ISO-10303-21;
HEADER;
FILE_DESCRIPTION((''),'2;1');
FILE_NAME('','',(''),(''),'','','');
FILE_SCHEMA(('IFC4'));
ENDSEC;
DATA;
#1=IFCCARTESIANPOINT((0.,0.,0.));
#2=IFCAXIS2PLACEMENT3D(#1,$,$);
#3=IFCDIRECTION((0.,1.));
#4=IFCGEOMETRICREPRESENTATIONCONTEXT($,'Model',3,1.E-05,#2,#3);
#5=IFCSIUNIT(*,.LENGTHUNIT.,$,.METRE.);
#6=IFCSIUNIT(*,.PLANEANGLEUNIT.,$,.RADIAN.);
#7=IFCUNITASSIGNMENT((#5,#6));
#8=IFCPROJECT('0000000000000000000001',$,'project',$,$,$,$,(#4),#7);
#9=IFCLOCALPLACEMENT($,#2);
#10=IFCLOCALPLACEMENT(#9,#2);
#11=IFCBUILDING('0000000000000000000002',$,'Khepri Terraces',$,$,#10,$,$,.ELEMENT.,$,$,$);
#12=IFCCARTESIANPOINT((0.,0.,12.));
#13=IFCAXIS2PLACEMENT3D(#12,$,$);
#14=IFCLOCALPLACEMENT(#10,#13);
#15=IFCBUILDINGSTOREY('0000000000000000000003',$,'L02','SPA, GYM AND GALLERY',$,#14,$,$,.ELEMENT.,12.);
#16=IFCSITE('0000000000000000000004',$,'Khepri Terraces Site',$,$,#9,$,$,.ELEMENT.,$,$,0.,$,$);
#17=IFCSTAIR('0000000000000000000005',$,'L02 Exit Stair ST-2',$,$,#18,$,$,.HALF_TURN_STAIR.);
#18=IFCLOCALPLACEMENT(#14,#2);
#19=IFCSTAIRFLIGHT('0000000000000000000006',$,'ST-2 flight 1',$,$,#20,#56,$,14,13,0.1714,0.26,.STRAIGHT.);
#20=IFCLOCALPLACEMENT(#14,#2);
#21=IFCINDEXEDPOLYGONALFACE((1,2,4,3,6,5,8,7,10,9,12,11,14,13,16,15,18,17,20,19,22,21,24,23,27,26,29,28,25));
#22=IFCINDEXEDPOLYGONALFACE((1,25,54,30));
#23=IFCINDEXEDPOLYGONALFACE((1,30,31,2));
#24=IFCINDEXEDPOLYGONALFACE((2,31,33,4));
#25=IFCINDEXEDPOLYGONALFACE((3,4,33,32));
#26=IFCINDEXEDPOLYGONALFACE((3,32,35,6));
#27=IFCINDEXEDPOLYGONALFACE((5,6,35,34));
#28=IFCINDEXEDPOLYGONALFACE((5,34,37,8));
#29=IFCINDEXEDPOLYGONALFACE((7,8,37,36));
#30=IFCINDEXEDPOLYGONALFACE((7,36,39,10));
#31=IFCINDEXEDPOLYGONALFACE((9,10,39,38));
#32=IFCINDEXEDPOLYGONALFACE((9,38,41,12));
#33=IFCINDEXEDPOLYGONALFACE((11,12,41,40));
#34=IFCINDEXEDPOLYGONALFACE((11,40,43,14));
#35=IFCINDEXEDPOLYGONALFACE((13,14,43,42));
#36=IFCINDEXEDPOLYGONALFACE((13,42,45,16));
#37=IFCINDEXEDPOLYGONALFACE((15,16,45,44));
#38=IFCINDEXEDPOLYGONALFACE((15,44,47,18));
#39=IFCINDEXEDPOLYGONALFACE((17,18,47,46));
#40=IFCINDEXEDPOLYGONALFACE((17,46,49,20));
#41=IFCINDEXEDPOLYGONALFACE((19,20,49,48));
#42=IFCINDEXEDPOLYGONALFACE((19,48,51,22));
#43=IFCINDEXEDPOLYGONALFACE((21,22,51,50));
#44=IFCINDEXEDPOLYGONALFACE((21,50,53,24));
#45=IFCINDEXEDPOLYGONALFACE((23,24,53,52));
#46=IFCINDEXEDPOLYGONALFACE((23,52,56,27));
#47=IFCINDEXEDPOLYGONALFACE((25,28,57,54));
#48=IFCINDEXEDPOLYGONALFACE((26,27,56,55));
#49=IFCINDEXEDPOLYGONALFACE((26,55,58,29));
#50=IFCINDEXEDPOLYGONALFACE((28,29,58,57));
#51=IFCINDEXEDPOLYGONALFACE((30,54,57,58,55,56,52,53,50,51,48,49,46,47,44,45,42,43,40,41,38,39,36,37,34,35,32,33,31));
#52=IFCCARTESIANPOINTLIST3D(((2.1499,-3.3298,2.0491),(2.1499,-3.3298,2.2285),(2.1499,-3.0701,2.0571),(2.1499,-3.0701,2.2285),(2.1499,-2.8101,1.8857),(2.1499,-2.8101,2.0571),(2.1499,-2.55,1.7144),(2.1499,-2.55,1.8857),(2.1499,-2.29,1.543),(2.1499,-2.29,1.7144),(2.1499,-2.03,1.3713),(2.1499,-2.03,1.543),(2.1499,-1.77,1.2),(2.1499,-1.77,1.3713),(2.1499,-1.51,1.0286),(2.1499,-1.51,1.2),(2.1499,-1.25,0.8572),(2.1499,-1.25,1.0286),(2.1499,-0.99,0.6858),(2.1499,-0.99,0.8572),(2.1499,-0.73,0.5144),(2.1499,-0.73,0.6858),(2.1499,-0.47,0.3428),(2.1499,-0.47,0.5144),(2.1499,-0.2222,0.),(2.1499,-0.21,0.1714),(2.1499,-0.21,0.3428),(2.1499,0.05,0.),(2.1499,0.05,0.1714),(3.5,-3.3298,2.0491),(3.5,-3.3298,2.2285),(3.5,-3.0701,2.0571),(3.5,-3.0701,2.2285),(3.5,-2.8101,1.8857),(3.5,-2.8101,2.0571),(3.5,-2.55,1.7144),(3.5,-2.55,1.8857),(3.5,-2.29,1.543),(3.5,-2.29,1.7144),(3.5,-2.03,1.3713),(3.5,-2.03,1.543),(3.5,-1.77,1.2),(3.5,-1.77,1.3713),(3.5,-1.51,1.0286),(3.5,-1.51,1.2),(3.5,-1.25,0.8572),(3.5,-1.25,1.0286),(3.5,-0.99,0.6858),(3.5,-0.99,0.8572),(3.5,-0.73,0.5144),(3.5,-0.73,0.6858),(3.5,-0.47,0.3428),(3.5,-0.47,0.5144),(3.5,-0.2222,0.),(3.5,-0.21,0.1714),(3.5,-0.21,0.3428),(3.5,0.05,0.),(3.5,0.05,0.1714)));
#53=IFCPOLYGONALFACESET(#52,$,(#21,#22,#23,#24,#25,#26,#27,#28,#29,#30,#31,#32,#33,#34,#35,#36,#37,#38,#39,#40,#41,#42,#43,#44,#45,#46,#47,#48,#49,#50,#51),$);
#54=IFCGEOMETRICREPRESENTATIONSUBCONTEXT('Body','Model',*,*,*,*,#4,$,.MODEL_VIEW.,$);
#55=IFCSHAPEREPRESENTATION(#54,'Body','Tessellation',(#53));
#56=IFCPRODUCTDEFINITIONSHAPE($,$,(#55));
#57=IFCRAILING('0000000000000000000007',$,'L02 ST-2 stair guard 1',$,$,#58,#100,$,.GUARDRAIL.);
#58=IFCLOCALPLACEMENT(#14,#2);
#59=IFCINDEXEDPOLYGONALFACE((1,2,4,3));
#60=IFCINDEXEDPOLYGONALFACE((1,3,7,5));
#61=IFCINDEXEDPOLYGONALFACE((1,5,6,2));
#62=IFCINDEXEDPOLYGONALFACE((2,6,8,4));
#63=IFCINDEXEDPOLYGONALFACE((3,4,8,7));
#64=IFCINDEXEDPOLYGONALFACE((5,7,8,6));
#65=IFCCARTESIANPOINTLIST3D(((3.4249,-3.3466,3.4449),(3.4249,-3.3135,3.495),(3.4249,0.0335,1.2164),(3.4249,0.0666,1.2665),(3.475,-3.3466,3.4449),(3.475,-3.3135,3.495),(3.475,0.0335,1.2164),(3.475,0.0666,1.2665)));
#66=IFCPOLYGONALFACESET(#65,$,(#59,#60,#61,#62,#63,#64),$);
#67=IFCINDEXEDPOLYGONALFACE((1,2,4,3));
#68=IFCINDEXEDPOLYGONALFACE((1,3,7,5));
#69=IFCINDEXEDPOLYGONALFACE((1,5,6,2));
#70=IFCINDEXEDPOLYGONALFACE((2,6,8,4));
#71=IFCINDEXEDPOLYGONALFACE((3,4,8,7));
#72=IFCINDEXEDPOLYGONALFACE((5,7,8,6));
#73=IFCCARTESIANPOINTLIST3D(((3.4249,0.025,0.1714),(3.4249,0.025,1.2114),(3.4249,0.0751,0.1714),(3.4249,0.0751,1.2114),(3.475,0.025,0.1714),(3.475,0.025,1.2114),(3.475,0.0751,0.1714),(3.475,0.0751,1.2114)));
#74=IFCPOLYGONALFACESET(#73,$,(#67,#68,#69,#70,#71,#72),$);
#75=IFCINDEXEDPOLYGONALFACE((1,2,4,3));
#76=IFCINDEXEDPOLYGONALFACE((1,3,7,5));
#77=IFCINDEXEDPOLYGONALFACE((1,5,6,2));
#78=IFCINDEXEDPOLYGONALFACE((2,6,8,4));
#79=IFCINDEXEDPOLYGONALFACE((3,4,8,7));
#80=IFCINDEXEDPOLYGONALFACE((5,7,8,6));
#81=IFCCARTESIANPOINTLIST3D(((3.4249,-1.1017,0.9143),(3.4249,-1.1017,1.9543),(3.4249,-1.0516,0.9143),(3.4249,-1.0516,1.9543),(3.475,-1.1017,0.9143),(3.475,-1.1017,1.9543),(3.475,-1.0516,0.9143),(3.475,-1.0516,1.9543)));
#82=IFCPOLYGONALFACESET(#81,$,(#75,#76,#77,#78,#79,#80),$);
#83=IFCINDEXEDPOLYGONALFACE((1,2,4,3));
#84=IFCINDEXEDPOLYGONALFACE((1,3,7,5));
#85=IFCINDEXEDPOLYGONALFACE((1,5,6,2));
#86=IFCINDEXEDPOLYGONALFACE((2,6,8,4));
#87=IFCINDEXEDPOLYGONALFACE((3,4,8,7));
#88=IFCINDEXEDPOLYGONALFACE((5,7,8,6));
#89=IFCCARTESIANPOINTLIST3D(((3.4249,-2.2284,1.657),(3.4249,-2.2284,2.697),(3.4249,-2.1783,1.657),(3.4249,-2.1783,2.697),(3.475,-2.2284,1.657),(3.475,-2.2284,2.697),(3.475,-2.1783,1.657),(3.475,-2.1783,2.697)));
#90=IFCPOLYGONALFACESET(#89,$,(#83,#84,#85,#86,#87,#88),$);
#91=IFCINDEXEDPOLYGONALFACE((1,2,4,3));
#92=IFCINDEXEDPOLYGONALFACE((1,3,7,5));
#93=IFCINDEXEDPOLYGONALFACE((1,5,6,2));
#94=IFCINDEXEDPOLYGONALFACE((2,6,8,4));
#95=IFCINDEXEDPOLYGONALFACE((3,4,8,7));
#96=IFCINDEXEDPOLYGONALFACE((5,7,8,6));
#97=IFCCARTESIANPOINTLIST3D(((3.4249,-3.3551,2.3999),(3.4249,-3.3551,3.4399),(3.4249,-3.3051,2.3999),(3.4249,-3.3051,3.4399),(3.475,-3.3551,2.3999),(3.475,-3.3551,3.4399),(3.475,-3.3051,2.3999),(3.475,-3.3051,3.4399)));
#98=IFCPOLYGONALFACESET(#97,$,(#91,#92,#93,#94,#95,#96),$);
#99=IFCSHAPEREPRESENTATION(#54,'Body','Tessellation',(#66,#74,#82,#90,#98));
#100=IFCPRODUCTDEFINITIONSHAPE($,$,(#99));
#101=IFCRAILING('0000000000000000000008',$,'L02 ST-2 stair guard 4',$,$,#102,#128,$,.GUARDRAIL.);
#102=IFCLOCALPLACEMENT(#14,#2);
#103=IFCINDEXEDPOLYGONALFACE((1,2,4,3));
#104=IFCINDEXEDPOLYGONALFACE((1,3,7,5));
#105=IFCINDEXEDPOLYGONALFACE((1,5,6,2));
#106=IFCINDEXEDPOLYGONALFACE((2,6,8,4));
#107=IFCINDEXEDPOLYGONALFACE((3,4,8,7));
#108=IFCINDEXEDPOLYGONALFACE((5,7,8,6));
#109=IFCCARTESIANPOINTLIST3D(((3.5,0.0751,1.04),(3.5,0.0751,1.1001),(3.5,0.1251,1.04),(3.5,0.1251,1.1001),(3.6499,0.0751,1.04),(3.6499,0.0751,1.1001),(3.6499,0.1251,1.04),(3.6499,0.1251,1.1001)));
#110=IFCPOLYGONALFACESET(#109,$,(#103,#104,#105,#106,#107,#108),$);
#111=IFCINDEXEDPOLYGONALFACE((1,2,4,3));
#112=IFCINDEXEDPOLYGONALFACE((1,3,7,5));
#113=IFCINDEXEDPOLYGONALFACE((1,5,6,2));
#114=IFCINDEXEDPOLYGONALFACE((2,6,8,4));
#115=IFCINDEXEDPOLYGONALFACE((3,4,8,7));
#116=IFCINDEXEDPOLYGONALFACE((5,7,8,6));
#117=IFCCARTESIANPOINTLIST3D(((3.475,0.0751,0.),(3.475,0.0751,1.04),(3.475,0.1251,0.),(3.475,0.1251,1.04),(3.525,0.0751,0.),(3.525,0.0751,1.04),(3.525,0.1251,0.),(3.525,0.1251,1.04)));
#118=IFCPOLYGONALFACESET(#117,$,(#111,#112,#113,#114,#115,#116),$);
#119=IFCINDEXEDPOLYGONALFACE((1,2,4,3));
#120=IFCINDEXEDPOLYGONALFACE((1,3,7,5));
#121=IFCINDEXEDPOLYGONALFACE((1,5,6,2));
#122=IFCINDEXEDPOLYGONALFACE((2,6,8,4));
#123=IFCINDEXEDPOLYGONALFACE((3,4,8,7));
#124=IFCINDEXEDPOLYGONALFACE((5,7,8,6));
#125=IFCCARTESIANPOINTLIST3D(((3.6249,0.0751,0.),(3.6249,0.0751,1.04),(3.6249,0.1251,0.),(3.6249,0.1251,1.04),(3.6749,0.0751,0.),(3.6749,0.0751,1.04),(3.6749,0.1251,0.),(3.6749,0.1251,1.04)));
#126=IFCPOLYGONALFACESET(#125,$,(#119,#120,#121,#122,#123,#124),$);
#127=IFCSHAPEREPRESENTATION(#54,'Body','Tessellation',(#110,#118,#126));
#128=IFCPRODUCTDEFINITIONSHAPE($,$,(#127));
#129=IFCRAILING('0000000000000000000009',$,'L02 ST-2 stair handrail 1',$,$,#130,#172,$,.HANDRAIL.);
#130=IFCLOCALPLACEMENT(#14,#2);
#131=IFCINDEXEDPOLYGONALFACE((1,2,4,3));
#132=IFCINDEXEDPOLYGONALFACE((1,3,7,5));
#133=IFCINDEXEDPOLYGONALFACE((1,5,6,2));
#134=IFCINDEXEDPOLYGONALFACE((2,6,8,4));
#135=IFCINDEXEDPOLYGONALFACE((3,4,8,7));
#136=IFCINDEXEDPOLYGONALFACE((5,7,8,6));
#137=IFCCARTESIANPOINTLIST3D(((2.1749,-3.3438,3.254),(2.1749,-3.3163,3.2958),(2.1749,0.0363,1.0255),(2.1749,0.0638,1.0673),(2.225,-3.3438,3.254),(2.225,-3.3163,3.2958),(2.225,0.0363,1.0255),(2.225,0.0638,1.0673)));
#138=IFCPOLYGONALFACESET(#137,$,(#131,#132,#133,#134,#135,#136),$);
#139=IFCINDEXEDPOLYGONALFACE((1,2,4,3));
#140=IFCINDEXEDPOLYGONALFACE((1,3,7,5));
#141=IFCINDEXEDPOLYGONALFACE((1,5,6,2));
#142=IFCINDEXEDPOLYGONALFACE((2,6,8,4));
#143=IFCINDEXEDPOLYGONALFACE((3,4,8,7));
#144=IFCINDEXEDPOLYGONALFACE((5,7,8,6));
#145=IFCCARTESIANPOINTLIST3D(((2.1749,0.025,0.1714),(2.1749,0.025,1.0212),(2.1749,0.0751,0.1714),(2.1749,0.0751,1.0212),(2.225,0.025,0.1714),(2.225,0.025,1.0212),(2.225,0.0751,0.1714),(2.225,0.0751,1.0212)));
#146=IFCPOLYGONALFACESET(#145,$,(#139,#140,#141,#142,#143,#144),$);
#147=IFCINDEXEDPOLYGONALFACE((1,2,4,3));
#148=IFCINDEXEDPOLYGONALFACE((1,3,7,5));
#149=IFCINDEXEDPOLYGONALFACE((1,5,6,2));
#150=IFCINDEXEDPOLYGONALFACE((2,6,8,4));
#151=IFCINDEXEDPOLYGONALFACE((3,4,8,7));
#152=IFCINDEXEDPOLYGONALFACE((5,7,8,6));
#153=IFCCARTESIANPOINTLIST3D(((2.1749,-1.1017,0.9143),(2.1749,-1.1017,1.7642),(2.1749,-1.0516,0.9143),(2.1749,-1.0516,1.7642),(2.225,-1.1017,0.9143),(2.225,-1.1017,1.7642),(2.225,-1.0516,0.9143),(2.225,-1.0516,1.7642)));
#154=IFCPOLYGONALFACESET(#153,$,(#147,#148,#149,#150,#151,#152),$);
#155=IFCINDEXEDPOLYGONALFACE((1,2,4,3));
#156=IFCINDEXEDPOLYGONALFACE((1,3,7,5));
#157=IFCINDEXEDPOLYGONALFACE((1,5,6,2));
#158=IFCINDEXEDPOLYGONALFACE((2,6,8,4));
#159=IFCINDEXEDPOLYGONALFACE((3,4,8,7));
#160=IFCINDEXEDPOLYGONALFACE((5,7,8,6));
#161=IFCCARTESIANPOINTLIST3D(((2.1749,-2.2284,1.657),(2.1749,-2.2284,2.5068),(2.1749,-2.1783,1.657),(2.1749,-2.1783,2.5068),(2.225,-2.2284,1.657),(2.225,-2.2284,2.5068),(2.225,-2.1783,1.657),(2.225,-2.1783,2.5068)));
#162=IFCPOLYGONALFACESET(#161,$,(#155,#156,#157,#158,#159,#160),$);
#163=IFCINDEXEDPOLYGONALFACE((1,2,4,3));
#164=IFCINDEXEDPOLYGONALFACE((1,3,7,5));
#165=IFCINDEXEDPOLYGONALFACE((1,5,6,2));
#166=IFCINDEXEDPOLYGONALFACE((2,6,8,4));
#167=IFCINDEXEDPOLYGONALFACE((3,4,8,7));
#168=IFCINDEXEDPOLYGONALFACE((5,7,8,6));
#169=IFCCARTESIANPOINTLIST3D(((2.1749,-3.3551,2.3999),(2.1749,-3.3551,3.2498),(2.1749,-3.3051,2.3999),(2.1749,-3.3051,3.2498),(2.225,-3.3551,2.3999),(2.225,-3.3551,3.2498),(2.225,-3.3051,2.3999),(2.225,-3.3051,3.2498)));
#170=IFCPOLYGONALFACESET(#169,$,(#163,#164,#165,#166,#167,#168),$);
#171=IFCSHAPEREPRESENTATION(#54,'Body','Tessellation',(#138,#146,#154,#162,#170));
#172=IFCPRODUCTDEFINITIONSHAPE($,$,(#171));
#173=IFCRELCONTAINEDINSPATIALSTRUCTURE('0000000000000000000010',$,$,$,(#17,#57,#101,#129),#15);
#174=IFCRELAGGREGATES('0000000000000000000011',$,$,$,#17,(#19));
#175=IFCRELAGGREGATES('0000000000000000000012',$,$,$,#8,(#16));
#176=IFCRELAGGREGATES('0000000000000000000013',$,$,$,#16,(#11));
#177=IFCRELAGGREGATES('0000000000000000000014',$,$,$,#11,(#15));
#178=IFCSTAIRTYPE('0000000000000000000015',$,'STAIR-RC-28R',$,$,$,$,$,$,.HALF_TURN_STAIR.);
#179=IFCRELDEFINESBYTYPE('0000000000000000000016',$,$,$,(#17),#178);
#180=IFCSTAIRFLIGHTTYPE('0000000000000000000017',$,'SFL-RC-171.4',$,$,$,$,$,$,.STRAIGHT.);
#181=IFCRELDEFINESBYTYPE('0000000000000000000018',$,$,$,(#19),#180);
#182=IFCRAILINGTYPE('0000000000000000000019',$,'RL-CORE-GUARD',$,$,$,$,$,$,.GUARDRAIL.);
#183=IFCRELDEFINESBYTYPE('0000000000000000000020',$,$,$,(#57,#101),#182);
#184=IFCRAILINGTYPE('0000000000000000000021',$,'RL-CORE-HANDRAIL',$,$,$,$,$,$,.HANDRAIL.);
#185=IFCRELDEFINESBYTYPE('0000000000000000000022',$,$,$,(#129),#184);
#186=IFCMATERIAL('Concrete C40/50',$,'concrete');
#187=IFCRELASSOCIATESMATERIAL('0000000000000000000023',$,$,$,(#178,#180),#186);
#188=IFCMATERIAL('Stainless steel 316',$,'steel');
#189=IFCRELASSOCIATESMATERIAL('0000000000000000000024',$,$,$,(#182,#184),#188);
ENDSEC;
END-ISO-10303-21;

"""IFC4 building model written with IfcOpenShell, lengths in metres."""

from ifc_helpers import new_model, si_unit, direction, frame, origin, origin_2d, place, context, subcontext, project, spatial, polyline, rectangle, outline, extrude, material, type_object, element, aggregate, save


model = new_model("IFC4")

# Units and contexts
model_context = context("Model", 3, precision=1e-05, world=origin(), true_north=direction((0.0, 1.0)))
body_context = subcontext(model_context, "Body", "Model", "MODEL_VIEW")
ifc_project = project(units=[si_unit("LENGTHUNIT", "METRE"), si_unit("PLANEANGLEUNIT", "RADIAN")], contexts=[model_context])

# Site, building, storey
site_placement = place(None, origin())
site = spatial("IfcSite", under=ifc_project, at=site_placement, Name="Khepri Terraces Site", CompositionType="ELEMENT", RefElevation=0.0)
building_placement = place(site_placement, origin())
building = spatial("IfcBuilding", under=site, at=building_placement, Name="Khepri Terraces", CompositionType="ELEMENT")
storey_placement = place(building_placement, frame((0.0, 0.0, 12.0)))
storey = spatial("IfcBuildingStorey", under=building, at=storey_placement, Name="L02", Description="SPA, GYM AND GALLERY", CompositionType="ELEMENT", Elevation=12.0)

# Stair
ifc_material_1 = material(Name="Concrete C40/50", Category="concrete")
stair_type_1 = type_object("IfcStairType", Name="STAIR-RC-28R", PredefinedType="HALF_TURN_STAIR", material=ifc_material_1)
stair_1_placement = place(storey_placement, origin())
stair_1 = element("IfcStair", 1, at=stair_1_placement, inside=storey, type_object=stair_type_1, Name="L02 Exit Stair ST-2", PredefinedType="HALF_TURN_STAIR")

# Stair flight
stair_flight_type = type_object("IfcStairFlightType", Name="SFL-RC-171.4", PredefinedType="STRAIGHT", material=ifc_material_1)
stair_flight_placement = place(storey_placement, frame((2.825, 0.05, 0.0), z_axis=(0.0, 0.0, 1.0), x_axis=(0.0, -1.0, 0.0)))
stair_flight = element("IfcStairFlight", 2, at=stair_flight_placement, type_object=stair_flight_type, Name="ST-2 flight 1", NumberOfRisers=14, NumberOfTreads=13, PredefinedType="STRAIGHT", RiserHeight=0.1714, TreadLength=0.26, context=body_context, shape_type="SweptSolid", body=[
    extrude(outline(polyline([(0.0, 0.0), (0.0, 0.1714), (0.26, 0.1714), (0.26, 0.3428), (0.52, 0.3428), (0.52, 0.5144), (0.78, 0.5144), (0.78, 0.6858), (1.04, 0.6858), (1.04, 0.8572), (1.3, 0.8572), (1.3, 1.0286), (1.5601, 1.0286), (1.5601, 1.2), (1.8201, 1.2), (1.8201, 1.3713), (2.0801, 1.3713), (2.0801, 1.543), (2.3401, 1.543), (2.3401, 1.7144), (2.6001, 1.7144), (2.6001, 1.8857), (2.8601, 1.8857), (2.8601, 2.0571), (3.1201, 2.0571), (3.1201, 2.2285), (3.3799, 2.2285), (3.3799, 2.3999), (3.3799, 2.0491), (0.2722, 0.0), (0.0, 0.0)])), frame((0.0, 0.675, 0.0), z_axis=(0.0, -1.0, 0.0), x_axis=(1.0, 0.0, 0.0)), (0.0, 0.0, 1.0), 1.3501),
])
aggregate(stair_1, [stair_flight])

# Railings
ifc_material_2 = material(Name="Stainless steel 316", Category="steel")
railing_type_1 = type_object("IfcRailingType", Name="RL-CORE-GUARD", PredefinedType="GUARDRAIL", material=ifc_material_2)
railing_1_placement = place(storey_placement, frame((3.45, 0.05, 0.1714)))
element("IfcRailing", 3, at=railing_1_placement, inside=storey, type_object=railing_type_1, Name="L02 ST-2 stair guard 1", PredefinedType="GUARDRAIL", context=body_context, shape_type="SweptSolid", body=[
    extrude(rectangle(XDim=0.05, YDim=0.0601, at=origin_2d()), frame((0.0, 0.0, 1.0701), z_axis=(0.0, -0.834878, 0.550435), x_axis=(1.0, 0.0, 0.0)), (0.0, 0.0, 1.0), 4.0486),
    extrude(rectangle(XDim=0.05, YDim=0.05, at=origin_2d()), origin(), (0.0, 0.0, 1.0), 1.04),
    extrude(rectangle(XDim=0.05, YDim=0.05, at=origin_2d()), frame((0.0, -1.1267, 0.7429)), (0.0, 0.0, 1.0), 1.04),
    extrude(rectangle(XDim=0.05, YDim=0.05, at=origin_2d()), frame((0.0, -2.2534, 1.4856)), (0.0, 0.0, 1.0), 1.04),
    extrude(rectangle(XDim=0.05, YDim=0.05, at=origin_2d()), frame((0.0, -3.3801, 2.2285)), (0.0, 0.0, 1.0), 1.04),
])
railing_2_placement = place(storey_placement, frame((3.5, 0.1001, 0.0)))
element("IfcRailing", 4, at=railing_2_placement, inside=storey, type_object=railing_type_1, Name="L02 ST-2 stair guard 4", PredefinedType="GUARDRAIL", context=body_context, shape_type="SweptSolid", body=[
    extrude(rectangle(XDim=0.05, YDim=0.0601, at=origin_2d()), frame((0.0, 0.0, 1.0701), z_axis=(1.0, 0.0, 0.0), x_axis=(0.0, 1.0, 0.0)), (0.0, 0.0, 1.0), 0.1499),
    extrude(rectangle(XDim=0.05, YDim=0.05, at=origin_2d()), origin(), (0.0, 0.0, 1.0), 1.04),
    extrude(rectangle(XDim=0.05, YDim=0.05, at=origin_2d()), frame((0.1499, 0.0, 0.0)), (0.0, 0.0, 1.0), 1.04),
])
railing_type_2 = type_object("IfcRailingType", Name="RL-CORE-HANDRAIL", PredefinedType="HANDRAIL", material=ifc_material_2)
railing_3_placement = place(storey_placement, frame((2.2, 0.05, 0.1714)))
element("IfcRailing", 5, at=railing_3_placement, inside=storey, type_object=railing_type_2, Name="L02 ST-2 stair handrail 1", PredefinedType="HANDRAIL", context=body_context, shape_type="SweptSolid", body=[
    extrude(rectangle(XDim=0.05, YDim=0.05, at=origin_2d()), frame((0.0, 0.0, 0.875), z_axis=(0.0, -0.834878, 0.550435), x_axis=(1.0, 0.0, 0.0)), (0.0, 0.0, 1.0), 4.0486),
    extrude(rectangle(XDim=0.05, YDim=0.05, at=origin_2d()), origin(), (0.0, 0.0, 1.0), 0.8499),
    extrude(rectangle(XDim=0.05, YDim=0.05, at=origin_2d()), frame((0.0, -1.1267, 0.7429)), (0.0, 0.0, 1.0), 0.8499),
    extrude(rectangle(XDim=0.05, YDim=0.05, at=origin_2d()), frame((0.0, -2.2534, 1.4856)), (0.0, 0.0, 1.0), 0.8499),
    extrude(rectangle(XDim=0.05, YDim=0.05, at=origin_2d()), frame((0.0, -3.3801, 2.2285)), (0.0, 0.0, 1.0), 0.8499),
])

save(model, "model.ifc")
